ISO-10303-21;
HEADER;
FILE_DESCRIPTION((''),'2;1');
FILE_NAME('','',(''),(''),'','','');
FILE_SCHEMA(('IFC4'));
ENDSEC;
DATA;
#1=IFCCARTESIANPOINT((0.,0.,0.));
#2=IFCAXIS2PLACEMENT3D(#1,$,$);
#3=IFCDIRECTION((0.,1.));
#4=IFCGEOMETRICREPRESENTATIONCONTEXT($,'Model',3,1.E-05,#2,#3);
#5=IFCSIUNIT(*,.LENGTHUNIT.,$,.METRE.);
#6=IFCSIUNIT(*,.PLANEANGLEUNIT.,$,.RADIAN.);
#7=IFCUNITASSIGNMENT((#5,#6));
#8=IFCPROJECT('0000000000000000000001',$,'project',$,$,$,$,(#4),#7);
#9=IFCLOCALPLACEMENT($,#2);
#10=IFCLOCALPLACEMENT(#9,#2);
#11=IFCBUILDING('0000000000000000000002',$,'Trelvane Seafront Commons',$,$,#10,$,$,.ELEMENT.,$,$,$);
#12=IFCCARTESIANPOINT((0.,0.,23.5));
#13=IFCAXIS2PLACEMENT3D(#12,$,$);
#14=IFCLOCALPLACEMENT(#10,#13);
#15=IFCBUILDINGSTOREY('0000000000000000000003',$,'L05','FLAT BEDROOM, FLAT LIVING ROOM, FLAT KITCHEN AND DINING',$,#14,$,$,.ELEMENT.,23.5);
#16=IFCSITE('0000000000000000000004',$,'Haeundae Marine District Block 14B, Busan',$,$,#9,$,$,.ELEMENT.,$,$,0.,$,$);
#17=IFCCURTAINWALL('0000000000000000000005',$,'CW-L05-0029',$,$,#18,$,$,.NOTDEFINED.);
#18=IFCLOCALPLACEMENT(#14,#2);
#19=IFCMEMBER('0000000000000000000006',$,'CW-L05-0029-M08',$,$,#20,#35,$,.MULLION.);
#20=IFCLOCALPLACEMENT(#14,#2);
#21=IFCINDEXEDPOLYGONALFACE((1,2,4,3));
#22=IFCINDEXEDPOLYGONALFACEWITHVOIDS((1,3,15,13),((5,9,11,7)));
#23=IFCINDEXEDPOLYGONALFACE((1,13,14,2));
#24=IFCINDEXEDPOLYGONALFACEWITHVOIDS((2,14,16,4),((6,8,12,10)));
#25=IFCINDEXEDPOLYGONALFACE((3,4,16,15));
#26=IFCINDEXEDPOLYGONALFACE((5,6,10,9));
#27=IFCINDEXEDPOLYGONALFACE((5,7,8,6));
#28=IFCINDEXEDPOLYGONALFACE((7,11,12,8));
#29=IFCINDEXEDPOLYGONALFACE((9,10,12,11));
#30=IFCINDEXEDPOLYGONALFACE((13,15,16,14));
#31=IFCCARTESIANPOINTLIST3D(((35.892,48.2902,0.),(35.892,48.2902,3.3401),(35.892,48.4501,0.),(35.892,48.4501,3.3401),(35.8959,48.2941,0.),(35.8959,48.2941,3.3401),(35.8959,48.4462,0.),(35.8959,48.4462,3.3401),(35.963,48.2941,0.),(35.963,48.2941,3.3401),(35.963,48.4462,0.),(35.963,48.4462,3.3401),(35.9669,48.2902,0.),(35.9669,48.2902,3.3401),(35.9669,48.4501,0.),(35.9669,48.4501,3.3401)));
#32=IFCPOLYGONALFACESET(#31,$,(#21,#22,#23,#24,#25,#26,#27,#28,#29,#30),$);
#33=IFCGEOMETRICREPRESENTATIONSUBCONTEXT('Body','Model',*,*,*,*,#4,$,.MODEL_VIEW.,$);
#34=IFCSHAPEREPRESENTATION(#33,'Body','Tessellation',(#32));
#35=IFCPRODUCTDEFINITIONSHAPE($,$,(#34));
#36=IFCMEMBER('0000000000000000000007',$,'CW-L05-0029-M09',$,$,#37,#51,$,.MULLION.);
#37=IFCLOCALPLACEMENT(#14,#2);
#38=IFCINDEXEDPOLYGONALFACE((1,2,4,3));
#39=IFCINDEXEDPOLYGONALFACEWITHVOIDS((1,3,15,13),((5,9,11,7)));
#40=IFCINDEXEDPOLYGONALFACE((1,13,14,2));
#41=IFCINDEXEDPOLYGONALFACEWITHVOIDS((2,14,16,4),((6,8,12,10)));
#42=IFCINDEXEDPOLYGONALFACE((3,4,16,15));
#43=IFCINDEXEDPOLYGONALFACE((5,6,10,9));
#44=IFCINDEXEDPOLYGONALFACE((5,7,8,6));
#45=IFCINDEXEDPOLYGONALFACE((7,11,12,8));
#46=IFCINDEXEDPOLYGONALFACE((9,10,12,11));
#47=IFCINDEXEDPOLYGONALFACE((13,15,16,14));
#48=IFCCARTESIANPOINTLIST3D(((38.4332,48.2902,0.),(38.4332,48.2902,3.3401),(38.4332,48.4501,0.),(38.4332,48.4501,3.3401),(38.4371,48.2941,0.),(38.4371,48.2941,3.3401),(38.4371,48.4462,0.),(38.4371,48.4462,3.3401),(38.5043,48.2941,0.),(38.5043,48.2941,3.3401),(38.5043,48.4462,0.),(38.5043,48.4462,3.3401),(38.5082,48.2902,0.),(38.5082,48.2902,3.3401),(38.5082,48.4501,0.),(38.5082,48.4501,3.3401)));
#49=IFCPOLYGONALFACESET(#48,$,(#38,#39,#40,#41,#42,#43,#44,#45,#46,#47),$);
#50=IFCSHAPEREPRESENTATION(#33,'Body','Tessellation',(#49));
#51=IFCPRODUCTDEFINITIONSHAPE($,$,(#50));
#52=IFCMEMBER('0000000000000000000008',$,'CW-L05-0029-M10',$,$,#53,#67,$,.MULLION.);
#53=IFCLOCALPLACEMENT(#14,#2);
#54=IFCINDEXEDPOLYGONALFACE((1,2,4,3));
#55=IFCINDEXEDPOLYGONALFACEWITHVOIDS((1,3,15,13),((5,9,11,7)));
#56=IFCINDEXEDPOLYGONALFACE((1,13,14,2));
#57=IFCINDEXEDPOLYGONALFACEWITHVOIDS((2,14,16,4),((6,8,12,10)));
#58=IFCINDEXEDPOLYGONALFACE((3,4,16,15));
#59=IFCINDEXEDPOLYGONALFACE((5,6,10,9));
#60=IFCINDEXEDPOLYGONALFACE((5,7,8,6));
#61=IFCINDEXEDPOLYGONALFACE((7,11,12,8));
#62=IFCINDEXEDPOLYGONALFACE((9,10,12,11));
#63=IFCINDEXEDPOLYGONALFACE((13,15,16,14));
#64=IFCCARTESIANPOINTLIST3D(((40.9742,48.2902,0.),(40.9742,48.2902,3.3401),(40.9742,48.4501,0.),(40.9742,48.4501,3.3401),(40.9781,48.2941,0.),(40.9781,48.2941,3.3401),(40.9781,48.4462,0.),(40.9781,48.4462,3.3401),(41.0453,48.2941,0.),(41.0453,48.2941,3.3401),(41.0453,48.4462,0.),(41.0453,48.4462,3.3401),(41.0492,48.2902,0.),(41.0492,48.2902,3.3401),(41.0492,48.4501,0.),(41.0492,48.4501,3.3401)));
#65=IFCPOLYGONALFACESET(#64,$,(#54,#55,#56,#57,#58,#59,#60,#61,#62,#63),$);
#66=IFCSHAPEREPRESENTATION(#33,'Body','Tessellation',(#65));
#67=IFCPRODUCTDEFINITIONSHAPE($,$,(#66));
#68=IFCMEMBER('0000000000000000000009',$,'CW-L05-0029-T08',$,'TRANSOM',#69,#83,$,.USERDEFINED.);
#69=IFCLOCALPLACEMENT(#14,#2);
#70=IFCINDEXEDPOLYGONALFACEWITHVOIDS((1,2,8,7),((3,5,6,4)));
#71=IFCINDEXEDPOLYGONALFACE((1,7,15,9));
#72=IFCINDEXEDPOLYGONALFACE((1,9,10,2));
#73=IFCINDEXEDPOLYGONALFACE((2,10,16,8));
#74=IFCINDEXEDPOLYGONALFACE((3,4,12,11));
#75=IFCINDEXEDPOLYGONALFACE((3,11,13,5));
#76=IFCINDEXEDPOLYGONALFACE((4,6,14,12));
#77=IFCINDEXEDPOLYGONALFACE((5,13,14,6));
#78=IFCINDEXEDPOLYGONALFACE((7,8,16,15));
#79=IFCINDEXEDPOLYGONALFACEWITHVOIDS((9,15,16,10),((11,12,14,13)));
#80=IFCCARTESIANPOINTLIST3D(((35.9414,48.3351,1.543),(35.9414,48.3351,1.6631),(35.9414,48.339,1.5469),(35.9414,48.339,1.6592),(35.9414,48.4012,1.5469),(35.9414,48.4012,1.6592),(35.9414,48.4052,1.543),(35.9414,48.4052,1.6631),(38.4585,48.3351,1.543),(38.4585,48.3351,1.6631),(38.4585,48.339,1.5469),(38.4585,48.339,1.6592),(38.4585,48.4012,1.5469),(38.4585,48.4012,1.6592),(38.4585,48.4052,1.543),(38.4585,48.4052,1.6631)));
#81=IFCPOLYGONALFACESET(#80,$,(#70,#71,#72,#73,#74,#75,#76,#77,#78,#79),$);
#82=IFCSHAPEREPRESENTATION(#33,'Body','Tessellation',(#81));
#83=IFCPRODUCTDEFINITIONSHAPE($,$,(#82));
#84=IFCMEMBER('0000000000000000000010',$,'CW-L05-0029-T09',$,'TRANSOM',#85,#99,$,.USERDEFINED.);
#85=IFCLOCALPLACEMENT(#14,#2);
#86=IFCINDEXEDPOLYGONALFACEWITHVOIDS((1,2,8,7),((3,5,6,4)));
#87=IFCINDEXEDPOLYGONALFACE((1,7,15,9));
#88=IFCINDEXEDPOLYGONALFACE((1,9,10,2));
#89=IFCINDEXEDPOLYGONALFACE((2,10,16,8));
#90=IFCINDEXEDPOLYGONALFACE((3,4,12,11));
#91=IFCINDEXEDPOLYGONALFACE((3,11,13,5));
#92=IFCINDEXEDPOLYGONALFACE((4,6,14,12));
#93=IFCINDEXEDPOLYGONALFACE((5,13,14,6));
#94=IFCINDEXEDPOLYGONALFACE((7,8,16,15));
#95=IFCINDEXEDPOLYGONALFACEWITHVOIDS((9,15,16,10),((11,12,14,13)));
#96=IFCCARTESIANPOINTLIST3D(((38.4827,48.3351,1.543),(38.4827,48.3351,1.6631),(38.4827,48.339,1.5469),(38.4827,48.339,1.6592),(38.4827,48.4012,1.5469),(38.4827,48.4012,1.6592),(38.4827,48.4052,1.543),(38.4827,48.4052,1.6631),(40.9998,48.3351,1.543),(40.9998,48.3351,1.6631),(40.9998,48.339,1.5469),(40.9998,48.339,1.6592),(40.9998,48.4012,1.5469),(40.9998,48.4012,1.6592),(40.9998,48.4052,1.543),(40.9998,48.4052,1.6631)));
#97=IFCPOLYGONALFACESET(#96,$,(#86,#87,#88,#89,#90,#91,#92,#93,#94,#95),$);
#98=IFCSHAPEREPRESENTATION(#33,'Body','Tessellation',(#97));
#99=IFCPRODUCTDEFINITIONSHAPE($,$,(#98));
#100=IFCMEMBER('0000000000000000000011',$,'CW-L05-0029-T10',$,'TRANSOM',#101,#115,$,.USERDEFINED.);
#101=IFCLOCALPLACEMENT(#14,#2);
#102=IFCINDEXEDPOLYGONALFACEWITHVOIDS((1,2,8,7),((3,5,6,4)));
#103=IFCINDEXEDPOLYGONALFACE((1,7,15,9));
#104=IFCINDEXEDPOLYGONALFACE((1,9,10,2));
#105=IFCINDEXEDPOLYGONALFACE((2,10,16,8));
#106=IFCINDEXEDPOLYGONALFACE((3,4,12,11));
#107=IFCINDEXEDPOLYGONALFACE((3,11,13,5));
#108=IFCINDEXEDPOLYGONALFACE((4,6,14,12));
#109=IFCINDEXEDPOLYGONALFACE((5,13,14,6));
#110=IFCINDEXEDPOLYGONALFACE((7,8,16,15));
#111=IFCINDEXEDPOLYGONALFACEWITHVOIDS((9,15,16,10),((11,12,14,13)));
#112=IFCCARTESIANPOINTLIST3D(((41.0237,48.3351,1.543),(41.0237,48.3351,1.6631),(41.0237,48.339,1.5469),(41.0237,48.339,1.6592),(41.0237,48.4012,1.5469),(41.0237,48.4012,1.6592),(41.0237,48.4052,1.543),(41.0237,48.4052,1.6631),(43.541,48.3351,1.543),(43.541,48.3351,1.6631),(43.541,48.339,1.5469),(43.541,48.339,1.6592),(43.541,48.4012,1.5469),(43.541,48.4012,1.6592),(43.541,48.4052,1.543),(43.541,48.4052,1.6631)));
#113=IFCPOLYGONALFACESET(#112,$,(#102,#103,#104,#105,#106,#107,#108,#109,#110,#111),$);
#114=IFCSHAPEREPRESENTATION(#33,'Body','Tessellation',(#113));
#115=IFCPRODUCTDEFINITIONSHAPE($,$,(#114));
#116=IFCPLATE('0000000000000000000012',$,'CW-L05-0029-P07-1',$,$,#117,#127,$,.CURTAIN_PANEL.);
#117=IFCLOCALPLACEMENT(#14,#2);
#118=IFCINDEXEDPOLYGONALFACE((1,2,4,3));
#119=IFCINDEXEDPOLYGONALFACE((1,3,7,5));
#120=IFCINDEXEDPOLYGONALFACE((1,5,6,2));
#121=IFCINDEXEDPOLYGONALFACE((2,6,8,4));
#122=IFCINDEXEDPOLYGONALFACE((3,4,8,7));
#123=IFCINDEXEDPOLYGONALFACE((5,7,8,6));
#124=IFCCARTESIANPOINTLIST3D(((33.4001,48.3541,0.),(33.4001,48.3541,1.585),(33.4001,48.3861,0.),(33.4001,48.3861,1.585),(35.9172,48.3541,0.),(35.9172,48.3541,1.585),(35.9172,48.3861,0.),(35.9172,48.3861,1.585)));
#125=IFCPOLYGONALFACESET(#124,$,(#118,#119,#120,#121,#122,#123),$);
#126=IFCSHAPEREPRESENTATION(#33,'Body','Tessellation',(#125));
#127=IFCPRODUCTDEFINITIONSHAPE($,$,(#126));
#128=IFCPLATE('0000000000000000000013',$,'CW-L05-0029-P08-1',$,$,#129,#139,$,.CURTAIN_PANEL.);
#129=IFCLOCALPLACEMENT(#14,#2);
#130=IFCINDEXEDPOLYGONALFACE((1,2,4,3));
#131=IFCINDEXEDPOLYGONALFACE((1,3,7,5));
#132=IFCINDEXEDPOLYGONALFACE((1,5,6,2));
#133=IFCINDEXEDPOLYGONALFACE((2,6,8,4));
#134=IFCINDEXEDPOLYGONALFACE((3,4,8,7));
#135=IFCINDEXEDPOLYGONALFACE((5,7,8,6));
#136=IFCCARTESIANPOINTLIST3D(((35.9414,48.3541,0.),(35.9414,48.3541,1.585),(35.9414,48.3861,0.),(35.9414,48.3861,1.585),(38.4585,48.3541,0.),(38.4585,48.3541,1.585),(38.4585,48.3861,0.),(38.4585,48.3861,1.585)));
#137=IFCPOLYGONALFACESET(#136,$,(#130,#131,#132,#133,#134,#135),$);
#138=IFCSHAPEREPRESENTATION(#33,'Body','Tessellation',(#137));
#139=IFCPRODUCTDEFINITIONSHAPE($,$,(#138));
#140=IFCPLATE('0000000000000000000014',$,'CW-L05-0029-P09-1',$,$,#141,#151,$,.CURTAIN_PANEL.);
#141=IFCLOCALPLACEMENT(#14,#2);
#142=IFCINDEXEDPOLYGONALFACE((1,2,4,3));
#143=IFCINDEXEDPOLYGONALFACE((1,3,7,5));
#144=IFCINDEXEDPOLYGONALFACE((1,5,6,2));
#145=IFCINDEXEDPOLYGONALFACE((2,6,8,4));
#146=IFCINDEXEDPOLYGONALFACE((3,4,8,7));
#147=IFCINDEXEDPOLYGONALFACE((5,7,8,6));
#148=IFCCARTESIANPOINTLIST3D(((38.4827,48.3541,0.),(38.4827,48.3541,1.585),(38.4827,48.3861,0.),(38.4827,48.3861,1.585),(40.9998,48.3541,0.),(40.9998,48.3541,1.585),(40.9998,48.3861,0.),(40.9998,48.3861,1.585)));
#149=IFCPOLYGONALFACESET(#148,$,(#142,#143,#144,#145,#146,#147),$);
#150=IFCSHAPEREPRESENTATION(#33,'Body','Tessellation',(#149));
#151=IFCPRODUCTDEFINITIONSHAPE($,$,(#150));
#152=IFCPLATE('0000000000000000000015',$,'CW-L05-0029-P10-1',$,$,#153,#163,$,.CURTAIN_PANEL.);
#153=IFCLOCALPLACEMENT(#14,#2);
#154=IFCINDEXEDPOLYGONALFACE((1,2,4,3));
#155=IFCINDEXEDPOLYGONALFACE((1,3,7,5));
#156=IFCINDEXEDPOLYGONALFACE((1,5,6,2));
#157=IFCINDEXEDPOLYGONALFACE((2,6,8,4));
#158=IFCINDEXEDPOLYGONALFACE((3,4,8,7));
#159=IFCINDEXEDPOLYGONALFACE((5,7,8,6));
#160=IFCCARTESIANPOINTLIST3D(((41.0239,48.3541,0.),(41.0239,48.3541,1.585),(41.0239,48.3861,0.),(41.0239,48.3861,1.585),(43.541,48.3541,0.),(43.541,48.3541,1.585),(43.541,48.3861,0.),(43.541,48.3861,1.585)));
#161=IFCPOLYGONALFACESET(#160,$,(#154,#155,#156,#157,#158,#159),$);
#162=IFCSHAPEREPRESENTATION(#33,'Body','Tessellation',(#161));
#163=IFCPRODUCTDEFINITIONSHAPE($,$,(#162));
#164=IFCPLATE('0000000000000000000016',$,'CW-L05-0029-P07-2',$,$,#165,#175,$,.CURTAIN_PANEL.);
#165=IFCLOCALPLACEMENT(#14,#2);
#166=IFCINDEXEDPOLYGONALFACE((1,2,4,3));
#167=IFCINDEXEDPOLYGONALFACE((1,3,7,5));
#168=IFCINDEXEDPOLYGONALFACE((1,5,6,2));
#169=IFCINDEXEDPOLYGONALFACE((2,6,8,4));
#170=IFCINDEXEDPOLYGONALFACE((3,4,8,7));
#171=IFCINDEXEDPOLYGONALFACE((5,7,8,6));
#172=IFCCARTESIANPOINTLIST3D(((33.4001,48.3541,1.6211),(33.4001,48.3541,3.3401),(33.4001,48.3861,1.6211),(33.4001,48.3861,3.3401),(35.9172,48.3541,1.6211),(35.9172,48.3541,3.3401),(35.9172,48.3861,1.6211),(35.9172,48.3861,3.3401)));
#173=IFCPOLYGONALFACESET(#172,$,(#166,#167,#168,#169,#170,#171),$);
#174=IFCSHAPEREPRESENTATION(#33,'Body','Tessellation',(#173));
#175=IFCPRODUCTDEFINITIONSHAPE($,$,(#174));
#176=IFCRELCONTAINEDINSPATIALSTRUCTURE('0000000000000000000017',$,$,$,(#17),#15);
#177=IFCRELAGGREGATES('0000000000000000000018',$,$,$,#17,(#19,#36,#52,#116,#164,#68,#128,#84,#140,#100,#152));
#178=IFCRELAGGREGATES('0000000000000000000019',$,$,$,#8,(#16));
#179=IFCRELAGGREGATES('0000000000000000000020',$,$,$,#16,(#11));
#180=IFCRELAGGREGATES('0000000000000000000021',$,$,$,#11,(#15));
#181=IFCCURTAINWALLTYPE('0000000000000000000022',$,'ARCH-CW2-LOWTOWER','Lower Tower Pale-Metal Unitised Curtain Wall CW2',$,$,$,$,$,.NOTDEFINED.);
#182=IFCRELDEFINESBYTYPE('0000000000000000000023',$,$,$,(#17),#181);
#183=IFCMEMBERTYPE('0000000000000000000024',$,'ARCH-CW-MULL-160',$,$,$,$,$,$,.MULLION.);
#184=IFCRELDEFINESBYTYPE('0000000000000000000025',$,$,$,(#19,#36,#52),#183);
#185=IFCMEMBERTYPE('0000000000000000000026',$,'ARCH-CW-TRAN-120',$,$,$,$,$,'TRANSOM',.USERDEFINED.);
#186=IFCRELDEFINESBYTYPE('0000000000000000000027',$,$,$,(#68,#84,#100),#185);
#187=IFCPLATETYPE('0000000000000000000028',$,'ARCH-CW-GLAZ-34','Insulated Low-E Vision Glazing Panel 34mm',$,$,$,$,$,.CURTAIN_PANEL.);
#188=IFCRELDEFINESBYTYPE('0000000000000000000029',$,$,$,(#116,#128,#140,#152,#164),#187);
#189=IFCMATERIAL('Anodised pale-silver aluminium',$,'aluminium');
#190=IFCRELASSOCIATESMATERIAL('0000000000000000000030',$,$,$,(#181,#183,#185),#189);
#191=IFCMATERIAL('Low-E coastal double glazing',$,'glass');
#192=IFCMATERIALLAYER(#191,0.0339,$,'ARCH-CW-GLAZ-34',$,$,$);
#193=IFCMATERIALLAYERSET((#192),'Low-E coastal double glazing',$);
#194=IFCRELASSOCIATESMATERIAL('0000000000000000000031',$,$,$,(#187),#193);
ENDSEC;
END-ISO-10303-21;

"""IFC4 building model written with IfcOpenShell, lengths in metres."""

from ifc_helpers import new_model, si_unit, direction, frame, origin, origin_2d, place, context, subcontext, project, spatial, rectangle, hollow_rectangle, extrude, source, transform, mapped, material, layer, layer_set, material_profile, profile_set, type_object, element, aggregate, save


model = new_model("IFC4")

# Units and contexts
model_context = context("Model", 3, precision=1e-05, world=origin(), true_north=direction((0.0, 1.0)))
body_context = subcontext(model_context, "Body", "Model", "MODEL_VIEW")
ifc_project = project(units=[si_unit("LENGTHUNIT", "METRE"), si_unit("PLANEANGLEUNIT", "RADIAN")], contexts=[model_context])

# Site, building, storey
site_placement = place(None, origin())
site = spatial("IfcSite", under=ifc_project, at=site_placement, Name="Haeundae Marine District Block 14B, Busan", CompositionType="ELEMENT", RefElevation=0.0)
building_placement = place(site_placement, origin())
building = spatial("IfcBuilding", under=site, at=building_placement, Name="Trelvane Seafront Commons", CompositionType="ELEMENT")
storey_placement = place(building_placement, frame((0.0, 0.0, 23.5)))
storey = spatial("IfcBuildingStorey", under=building, at=storey_placement, Name="L05", Description="FLAT BEDROOM, FLAT LIVING ROOM, FLAT KITCHEN AND DINING", CompositionType="ELEMENT", Elevation=23.5)

# Curtain wall, members, plates
ifc_material_1 = material(Name="Anodised pale-silver aluminium", Category="aluminium")
curtain_wall_type = type_object("IfcCurtainWallType", Name="ARCH-CW2-LOWTOWER", Description="Lower Tower Pale-Metal Unitised Curtain Wall CW2", PredefinedType="NOTDEFINED", material=ifc_material_1)
curtain_wall_placement = place(storey_placement, origin())
curtain_wall = element("IfcCurtainWall", 1, at=curtain_wall_placement, inside=storey, type_object=curtain_wall_type, Name="CW-L05-0029", PredefinedType="NOTDEFINED")
ifc_material_profile_1 = material_profile(ifc_material_1, hollow_rectangle(XDim=0.075, YDim=0.1599, WallThickness=0.0039, at=origin_2d()), Name="MULL-75x160x4")
ifc_profile_set_1 = profile_set([ifc_material_profile_1], Name="Anodised pale-silver aluminium")
member_type_1 = type_object("IfcMemberType", Name="ARCH-CW-MULL-160", PredefinedType="MULLION", material=ifc_profile_set_1)
shared_shape_1 = source(origin(), body_context, "Body", "SweptSolid", [
    extrude(hollow_rectangle(XDim=0.075, YDim=0.1599, WallThickness=0.0039, at=origin_2d()), origin(), (0.0, 0.0, 1.0), 3.3401),
])
member_1_placement = place(storey_placement, frame((35.9294, 48.3701, 0.0), z_axis=(0.0, 0.0, 1.0), x_axis=(1.0, 0.0, 0.0)))
member_1 = element("IfcMember", 2, at=member_1_placement, type_object=member_type_1, Name="CW-L05-0029-M08", PredefinedType="MULLION", context=body_context, shape_type="MappedRepresentation", body=[
    mapped(shared_shape_1, transform((0.0, 0.0, 0.0), x_axis=(1.0, 0.0, 0.0), y_axis=(0.0, 1.0, 0.0), z_axis=(0.0, 0.0, 1.0), scale=1.0)),
])
member_2_placement = place(storey_placement, frame((38.4707, 48.3701, 0.0), z_axis=(0.0, 0.0, 1.0), x_axis=(1.0, 0.0, 0.0)))
member_2 = element("IfcMember", 3, at=member_2_placement, type_object=member_type_1, Name="CW-L05-0029-M09", PredefinedType="MULLION", context=body_context, shape_type="MappedRepresentation", body=[
    mapped(shared_shape_1, transform((0.0, 0.0, 0.0), x_axis=(1.0, 0.0, 0.0), y_axis=(0.0, 1.0, 0.0), z_axis=(0.0, 0.0, 1.0), scale=1.0)),
])
member_3_placement = place(storey_placement, frame((41.0117, 48.3701, 0.0), z_axis=(0.0, 0.0, 1.0), x_axis=(1.0, 0.0, 0.0)))
member_3 = element("IfcMember", 4, at=member_3_placement, type_object=member_type_1, Name="CW-L05-0029-M10", PredefinedType="MULLION", context=body_context, shape_type="MappedRepresentation", body=[
    mapped(shared_shape_1, transform((0.0, 0.0, 0.0), x_axis=(1.0, 0.0, 0.0), y_axis=(0.0, 1.0, 0.0), z_axis=(0.0, 0.0, 1.0), scale=1.0)),
])
ifc_material_profile_2 = material_profile(ifc_material_1, hollow_rectangle(XDim=0.0701, YDim=0.1201, WallThickness=0.0039, at=origin_2d()), Name="TRAN-70x120x4")
ifc_profile_set_2 = profile_set([ifc_material_profile_2], Name="Anodised pale-silver aluminium")
member_type_2 = type_object("IfcMemberType", Name="ARCH-CW-TRAN-120", ElementType="TRANSOM", PredefinedType="USERDEFINED", material=ifc_profile_set_2)
shared_shape_2 = source(origin(), body_context, "Body", "SweptSolid", [
    extrude(hollow_rectangle(XDim=0.0701, YDim=0.1201, WallThickness=0.0039, at=origin_2d()), origin(), (0.0, 0.0, 1.0), 2.5171),
])
member_4_placement = place(storey_placement, frame((35.9414, 48.3701, 1.603), z_axis=(1.0, 0.0, 0.0), x_axis=(0.0, 1.0, 0.0)))
member_4 = element("IfcMember", 5, at=member_4_placement, type_object=member_type_2, Name="CW-L05-0029-T08", ObjectType="TRANSOM", PredefinedType="USERDEFINED", context=body_context, shape_type="MappedRepresentation", body=[
    mapped(shared_shape_2, transform((0.0, 0.0, 0.0), x_axis=(1.0, 0.0, 0.0), y_axis=(0.0, 1.0, 0.0), z_axis=(0.0, 0.0, 1.0), scale=1.0)),
])
member_5_placement = place(storey_placement, frame((38.4827, 48.3701, 1.603), z_axis=(1.0, 0.0, 0.0), x_axis=(0.0, 1.0, 0.0)))
member_5 = element("IfcMember", 6, at=member_5_placement, type_object=member_type_2, Name="CW-L05-0029-T09", ObjectType="TRANSOM", PredefinedType="USERDEFINED", context=body_context, shape_type="MappedRepresentation", body=[
    mapped(shared_shape_2, transform((0.0, 0.0, 0.0), x_axis=(1.0, 0.0, 0.0), y_axis=(0.0, 1.0, 0.0), z_axis=(0.0, 0.0, 1.0), scale=1.0)),
])
shared_shape_3 = source(origin(), body_context, "Body", "SweptSolid", [
    extrude(hollow_rectangle(XDim=0.0701, YDim=0.1201, WallThickness=0.0039, at=origin_2d()), origin(), (0.0, 0.0, 1.0), 2.5173),
])
member_6_placement = place(storey_placement, frame((41.0237, 48.3701, 1.603), z_axis=(1.0, 0.0, 0.0), x_axis=(0.0, 1.0, 0.0)))
member_6 = element("IfcMember", 7, at=member_6_placement, type_object=member_type_2, Name="CW-L05-0029-T10", ObjectType="TRANSOM", PredefinedType="USERDEFINED", context=body_context, shape_type="MappedRepresentation", body=[
    mapped(shared_shape_3, transform((0.0, 0.0, 0.0), x_axis=(1.0, 0.0, 0.0), y_axis=(0.0, 1.0, 0.0), z_axis=(0.0, 0.0, 1.0), scale=1.0)),
])
ifc_material_2 = material(Name="Low-E coastal double glazing", Category="glass")
ifc_layer_1 = layer(ifc_material_2, 0.0339, Name="ARCH-CW-GLAZ-34")
ifc_layer_set_1 = layer_set([ifc_layer_1], Name="Low-E coastal double glazing")
plate_type_1 = type_object("IfcPlateType", Name="ARCH-CW-GLAZ-34", Description="Insulated Low-E Vision Glazing Panel 34mm", PredefinedType="CURTAIN_PANEL", material=ifc_layer_set_1)
shared_shape_4 = source(origin(), body_context, "Body", "SweptSolid", [
    extrude(rectangle(XDim=2.5171, YDim=0.032, at=origin_2d()), origin(), (0.0, 0.0, 1.0), 1.585),
])
plate_1_placement = place(storey_placement, frame((34.6587, 48.3701, 0.0), z_axis=(0.0, 0.0, 1.0), x_axis=(1.0, 0.0, 0.0)))
plate_1 = element("IfcPlate", 8, at=plate_1_placement, type_object=plate_type_1, Name="CW-L05-0029-P07-1", PredefinedType="CURTAIN_PANEL", context=body_context, shape_type="MappedRepresentation", body=[
    mapped(shared_shape_4, transform((0.0, 0.0, 0.0), x_axis=(1.0, 0.0, 0.0), y_axis=(0.0, 1.0, 0.0), z_axis=(0.0, 0.0, 1.0), scale=1.0)),
])
plate_2_placement = place(storey_placement, frame((37.2, 48.3701, 0.0), z_axis=(0.0, 0.0, 1.0), x_axis=(1.0, 0.0, 0.0)))
plate_2 = element("IfcPlate", 9, at=plate_2_placement, type_object=plate_type_1, Name="CW-L05-0029-P08-1", PredefinedType="CURTAIN_PANEL", context=body_context, shape_type="MappedRepresentation", body=[
    mapped(shared_shape_4, transform((0.0, 0.0, 0.0), x_axis=(1.0, 0.0, 0.0), y_axis=(0.0, 1.0, 0.0), z_axis=(0.0, 0.0, 1.0), scale=1.0)),
])
plate_3_placement = place(storey_placement, frame((39.7412, 48.3701, 0.0), z_axis=(0.0, 0.0, 1.0), x_axis=(1.0, 0.0, 0.0)))
plate_3 = element("IfcPlate", 10, at=plate_3_placement, type_object=plate_type_1, Name="CW-L05-0029-P09-1", PredefinedType="CURTAIN_PANEL", context=body_context, shape_type="MappedRepresentation", body=[
    mapped(shared_shape_4, transform((0.0, 0.0, 0.0), x_axis=(1.0, 0.0, 0.0), y_axis=(0.0, 1.0, 0.0), z_axis=(0.0, 0.0, 1.0), scale=1.0)),
])
plate_4_placement = place(storey_placement, frame((42.2825, 48.3701, 0.0), z_axis=(0.0, 0.0, 1.0), x_axis=(1.0, 0.0, 0.0)))
plate_4 = element("IfcPlate", 11, at=plate_4_placement, type_object=plate_type_1, Name="CW-L05-0029-P10-1", PredefinedType="CURTAIN_PANEL", context=body_context, shape_type="MappedRepresentation", body=[
    mapped(shared_shape_4, transform((0.0, 0.0, 0.0), x_axis=(1.0, 0.0, 0.0), y_axis=(0.0, 1.0, 0.0), z_axis=(0.0, 0.0, 1.0), scale=1.0)),
])
shared_shape_5 = source(origin(), body_context, "Body", "SweptSolid", [
    extrude(rectangle(XDim=2.5171, YDim=0.032, at=origin_2d()), origin(), (0.0, 0.0, 1.0), 1.719),
])
plate_5_placement = place(storey_placement, frame((34.6587, 48.3701, 1.6211), z_axis=(0.0, 0.0, 1.0), x_axis=(1.0, 0.0, 0.0)))
plate_5 = element("IfcPlate", 12, at=plate_5_placement, type_object=plate_type_1, Name="CW-L05-0029-P07-2", PredefinedType="CURTAIN_PANEL", context=body_context, shape_type="MappedRepresentation", body=[
    mapped(shared_shape_5, transform((0.0, 0.0, 0.0), x_axis=(1.0, 0.0, 0.0), y_axis=(0.0, 1.0, 0.0), z_axis=(0.0, 0.0, 1.0), scale=1.0)),
])
aggregate(curtain_wall, [member_1, member_2, member_3, plate_1, plate_5, member_4, plate_2, member_5, plate_3, member_6, plate_4])

save(model, "model.ifc")
